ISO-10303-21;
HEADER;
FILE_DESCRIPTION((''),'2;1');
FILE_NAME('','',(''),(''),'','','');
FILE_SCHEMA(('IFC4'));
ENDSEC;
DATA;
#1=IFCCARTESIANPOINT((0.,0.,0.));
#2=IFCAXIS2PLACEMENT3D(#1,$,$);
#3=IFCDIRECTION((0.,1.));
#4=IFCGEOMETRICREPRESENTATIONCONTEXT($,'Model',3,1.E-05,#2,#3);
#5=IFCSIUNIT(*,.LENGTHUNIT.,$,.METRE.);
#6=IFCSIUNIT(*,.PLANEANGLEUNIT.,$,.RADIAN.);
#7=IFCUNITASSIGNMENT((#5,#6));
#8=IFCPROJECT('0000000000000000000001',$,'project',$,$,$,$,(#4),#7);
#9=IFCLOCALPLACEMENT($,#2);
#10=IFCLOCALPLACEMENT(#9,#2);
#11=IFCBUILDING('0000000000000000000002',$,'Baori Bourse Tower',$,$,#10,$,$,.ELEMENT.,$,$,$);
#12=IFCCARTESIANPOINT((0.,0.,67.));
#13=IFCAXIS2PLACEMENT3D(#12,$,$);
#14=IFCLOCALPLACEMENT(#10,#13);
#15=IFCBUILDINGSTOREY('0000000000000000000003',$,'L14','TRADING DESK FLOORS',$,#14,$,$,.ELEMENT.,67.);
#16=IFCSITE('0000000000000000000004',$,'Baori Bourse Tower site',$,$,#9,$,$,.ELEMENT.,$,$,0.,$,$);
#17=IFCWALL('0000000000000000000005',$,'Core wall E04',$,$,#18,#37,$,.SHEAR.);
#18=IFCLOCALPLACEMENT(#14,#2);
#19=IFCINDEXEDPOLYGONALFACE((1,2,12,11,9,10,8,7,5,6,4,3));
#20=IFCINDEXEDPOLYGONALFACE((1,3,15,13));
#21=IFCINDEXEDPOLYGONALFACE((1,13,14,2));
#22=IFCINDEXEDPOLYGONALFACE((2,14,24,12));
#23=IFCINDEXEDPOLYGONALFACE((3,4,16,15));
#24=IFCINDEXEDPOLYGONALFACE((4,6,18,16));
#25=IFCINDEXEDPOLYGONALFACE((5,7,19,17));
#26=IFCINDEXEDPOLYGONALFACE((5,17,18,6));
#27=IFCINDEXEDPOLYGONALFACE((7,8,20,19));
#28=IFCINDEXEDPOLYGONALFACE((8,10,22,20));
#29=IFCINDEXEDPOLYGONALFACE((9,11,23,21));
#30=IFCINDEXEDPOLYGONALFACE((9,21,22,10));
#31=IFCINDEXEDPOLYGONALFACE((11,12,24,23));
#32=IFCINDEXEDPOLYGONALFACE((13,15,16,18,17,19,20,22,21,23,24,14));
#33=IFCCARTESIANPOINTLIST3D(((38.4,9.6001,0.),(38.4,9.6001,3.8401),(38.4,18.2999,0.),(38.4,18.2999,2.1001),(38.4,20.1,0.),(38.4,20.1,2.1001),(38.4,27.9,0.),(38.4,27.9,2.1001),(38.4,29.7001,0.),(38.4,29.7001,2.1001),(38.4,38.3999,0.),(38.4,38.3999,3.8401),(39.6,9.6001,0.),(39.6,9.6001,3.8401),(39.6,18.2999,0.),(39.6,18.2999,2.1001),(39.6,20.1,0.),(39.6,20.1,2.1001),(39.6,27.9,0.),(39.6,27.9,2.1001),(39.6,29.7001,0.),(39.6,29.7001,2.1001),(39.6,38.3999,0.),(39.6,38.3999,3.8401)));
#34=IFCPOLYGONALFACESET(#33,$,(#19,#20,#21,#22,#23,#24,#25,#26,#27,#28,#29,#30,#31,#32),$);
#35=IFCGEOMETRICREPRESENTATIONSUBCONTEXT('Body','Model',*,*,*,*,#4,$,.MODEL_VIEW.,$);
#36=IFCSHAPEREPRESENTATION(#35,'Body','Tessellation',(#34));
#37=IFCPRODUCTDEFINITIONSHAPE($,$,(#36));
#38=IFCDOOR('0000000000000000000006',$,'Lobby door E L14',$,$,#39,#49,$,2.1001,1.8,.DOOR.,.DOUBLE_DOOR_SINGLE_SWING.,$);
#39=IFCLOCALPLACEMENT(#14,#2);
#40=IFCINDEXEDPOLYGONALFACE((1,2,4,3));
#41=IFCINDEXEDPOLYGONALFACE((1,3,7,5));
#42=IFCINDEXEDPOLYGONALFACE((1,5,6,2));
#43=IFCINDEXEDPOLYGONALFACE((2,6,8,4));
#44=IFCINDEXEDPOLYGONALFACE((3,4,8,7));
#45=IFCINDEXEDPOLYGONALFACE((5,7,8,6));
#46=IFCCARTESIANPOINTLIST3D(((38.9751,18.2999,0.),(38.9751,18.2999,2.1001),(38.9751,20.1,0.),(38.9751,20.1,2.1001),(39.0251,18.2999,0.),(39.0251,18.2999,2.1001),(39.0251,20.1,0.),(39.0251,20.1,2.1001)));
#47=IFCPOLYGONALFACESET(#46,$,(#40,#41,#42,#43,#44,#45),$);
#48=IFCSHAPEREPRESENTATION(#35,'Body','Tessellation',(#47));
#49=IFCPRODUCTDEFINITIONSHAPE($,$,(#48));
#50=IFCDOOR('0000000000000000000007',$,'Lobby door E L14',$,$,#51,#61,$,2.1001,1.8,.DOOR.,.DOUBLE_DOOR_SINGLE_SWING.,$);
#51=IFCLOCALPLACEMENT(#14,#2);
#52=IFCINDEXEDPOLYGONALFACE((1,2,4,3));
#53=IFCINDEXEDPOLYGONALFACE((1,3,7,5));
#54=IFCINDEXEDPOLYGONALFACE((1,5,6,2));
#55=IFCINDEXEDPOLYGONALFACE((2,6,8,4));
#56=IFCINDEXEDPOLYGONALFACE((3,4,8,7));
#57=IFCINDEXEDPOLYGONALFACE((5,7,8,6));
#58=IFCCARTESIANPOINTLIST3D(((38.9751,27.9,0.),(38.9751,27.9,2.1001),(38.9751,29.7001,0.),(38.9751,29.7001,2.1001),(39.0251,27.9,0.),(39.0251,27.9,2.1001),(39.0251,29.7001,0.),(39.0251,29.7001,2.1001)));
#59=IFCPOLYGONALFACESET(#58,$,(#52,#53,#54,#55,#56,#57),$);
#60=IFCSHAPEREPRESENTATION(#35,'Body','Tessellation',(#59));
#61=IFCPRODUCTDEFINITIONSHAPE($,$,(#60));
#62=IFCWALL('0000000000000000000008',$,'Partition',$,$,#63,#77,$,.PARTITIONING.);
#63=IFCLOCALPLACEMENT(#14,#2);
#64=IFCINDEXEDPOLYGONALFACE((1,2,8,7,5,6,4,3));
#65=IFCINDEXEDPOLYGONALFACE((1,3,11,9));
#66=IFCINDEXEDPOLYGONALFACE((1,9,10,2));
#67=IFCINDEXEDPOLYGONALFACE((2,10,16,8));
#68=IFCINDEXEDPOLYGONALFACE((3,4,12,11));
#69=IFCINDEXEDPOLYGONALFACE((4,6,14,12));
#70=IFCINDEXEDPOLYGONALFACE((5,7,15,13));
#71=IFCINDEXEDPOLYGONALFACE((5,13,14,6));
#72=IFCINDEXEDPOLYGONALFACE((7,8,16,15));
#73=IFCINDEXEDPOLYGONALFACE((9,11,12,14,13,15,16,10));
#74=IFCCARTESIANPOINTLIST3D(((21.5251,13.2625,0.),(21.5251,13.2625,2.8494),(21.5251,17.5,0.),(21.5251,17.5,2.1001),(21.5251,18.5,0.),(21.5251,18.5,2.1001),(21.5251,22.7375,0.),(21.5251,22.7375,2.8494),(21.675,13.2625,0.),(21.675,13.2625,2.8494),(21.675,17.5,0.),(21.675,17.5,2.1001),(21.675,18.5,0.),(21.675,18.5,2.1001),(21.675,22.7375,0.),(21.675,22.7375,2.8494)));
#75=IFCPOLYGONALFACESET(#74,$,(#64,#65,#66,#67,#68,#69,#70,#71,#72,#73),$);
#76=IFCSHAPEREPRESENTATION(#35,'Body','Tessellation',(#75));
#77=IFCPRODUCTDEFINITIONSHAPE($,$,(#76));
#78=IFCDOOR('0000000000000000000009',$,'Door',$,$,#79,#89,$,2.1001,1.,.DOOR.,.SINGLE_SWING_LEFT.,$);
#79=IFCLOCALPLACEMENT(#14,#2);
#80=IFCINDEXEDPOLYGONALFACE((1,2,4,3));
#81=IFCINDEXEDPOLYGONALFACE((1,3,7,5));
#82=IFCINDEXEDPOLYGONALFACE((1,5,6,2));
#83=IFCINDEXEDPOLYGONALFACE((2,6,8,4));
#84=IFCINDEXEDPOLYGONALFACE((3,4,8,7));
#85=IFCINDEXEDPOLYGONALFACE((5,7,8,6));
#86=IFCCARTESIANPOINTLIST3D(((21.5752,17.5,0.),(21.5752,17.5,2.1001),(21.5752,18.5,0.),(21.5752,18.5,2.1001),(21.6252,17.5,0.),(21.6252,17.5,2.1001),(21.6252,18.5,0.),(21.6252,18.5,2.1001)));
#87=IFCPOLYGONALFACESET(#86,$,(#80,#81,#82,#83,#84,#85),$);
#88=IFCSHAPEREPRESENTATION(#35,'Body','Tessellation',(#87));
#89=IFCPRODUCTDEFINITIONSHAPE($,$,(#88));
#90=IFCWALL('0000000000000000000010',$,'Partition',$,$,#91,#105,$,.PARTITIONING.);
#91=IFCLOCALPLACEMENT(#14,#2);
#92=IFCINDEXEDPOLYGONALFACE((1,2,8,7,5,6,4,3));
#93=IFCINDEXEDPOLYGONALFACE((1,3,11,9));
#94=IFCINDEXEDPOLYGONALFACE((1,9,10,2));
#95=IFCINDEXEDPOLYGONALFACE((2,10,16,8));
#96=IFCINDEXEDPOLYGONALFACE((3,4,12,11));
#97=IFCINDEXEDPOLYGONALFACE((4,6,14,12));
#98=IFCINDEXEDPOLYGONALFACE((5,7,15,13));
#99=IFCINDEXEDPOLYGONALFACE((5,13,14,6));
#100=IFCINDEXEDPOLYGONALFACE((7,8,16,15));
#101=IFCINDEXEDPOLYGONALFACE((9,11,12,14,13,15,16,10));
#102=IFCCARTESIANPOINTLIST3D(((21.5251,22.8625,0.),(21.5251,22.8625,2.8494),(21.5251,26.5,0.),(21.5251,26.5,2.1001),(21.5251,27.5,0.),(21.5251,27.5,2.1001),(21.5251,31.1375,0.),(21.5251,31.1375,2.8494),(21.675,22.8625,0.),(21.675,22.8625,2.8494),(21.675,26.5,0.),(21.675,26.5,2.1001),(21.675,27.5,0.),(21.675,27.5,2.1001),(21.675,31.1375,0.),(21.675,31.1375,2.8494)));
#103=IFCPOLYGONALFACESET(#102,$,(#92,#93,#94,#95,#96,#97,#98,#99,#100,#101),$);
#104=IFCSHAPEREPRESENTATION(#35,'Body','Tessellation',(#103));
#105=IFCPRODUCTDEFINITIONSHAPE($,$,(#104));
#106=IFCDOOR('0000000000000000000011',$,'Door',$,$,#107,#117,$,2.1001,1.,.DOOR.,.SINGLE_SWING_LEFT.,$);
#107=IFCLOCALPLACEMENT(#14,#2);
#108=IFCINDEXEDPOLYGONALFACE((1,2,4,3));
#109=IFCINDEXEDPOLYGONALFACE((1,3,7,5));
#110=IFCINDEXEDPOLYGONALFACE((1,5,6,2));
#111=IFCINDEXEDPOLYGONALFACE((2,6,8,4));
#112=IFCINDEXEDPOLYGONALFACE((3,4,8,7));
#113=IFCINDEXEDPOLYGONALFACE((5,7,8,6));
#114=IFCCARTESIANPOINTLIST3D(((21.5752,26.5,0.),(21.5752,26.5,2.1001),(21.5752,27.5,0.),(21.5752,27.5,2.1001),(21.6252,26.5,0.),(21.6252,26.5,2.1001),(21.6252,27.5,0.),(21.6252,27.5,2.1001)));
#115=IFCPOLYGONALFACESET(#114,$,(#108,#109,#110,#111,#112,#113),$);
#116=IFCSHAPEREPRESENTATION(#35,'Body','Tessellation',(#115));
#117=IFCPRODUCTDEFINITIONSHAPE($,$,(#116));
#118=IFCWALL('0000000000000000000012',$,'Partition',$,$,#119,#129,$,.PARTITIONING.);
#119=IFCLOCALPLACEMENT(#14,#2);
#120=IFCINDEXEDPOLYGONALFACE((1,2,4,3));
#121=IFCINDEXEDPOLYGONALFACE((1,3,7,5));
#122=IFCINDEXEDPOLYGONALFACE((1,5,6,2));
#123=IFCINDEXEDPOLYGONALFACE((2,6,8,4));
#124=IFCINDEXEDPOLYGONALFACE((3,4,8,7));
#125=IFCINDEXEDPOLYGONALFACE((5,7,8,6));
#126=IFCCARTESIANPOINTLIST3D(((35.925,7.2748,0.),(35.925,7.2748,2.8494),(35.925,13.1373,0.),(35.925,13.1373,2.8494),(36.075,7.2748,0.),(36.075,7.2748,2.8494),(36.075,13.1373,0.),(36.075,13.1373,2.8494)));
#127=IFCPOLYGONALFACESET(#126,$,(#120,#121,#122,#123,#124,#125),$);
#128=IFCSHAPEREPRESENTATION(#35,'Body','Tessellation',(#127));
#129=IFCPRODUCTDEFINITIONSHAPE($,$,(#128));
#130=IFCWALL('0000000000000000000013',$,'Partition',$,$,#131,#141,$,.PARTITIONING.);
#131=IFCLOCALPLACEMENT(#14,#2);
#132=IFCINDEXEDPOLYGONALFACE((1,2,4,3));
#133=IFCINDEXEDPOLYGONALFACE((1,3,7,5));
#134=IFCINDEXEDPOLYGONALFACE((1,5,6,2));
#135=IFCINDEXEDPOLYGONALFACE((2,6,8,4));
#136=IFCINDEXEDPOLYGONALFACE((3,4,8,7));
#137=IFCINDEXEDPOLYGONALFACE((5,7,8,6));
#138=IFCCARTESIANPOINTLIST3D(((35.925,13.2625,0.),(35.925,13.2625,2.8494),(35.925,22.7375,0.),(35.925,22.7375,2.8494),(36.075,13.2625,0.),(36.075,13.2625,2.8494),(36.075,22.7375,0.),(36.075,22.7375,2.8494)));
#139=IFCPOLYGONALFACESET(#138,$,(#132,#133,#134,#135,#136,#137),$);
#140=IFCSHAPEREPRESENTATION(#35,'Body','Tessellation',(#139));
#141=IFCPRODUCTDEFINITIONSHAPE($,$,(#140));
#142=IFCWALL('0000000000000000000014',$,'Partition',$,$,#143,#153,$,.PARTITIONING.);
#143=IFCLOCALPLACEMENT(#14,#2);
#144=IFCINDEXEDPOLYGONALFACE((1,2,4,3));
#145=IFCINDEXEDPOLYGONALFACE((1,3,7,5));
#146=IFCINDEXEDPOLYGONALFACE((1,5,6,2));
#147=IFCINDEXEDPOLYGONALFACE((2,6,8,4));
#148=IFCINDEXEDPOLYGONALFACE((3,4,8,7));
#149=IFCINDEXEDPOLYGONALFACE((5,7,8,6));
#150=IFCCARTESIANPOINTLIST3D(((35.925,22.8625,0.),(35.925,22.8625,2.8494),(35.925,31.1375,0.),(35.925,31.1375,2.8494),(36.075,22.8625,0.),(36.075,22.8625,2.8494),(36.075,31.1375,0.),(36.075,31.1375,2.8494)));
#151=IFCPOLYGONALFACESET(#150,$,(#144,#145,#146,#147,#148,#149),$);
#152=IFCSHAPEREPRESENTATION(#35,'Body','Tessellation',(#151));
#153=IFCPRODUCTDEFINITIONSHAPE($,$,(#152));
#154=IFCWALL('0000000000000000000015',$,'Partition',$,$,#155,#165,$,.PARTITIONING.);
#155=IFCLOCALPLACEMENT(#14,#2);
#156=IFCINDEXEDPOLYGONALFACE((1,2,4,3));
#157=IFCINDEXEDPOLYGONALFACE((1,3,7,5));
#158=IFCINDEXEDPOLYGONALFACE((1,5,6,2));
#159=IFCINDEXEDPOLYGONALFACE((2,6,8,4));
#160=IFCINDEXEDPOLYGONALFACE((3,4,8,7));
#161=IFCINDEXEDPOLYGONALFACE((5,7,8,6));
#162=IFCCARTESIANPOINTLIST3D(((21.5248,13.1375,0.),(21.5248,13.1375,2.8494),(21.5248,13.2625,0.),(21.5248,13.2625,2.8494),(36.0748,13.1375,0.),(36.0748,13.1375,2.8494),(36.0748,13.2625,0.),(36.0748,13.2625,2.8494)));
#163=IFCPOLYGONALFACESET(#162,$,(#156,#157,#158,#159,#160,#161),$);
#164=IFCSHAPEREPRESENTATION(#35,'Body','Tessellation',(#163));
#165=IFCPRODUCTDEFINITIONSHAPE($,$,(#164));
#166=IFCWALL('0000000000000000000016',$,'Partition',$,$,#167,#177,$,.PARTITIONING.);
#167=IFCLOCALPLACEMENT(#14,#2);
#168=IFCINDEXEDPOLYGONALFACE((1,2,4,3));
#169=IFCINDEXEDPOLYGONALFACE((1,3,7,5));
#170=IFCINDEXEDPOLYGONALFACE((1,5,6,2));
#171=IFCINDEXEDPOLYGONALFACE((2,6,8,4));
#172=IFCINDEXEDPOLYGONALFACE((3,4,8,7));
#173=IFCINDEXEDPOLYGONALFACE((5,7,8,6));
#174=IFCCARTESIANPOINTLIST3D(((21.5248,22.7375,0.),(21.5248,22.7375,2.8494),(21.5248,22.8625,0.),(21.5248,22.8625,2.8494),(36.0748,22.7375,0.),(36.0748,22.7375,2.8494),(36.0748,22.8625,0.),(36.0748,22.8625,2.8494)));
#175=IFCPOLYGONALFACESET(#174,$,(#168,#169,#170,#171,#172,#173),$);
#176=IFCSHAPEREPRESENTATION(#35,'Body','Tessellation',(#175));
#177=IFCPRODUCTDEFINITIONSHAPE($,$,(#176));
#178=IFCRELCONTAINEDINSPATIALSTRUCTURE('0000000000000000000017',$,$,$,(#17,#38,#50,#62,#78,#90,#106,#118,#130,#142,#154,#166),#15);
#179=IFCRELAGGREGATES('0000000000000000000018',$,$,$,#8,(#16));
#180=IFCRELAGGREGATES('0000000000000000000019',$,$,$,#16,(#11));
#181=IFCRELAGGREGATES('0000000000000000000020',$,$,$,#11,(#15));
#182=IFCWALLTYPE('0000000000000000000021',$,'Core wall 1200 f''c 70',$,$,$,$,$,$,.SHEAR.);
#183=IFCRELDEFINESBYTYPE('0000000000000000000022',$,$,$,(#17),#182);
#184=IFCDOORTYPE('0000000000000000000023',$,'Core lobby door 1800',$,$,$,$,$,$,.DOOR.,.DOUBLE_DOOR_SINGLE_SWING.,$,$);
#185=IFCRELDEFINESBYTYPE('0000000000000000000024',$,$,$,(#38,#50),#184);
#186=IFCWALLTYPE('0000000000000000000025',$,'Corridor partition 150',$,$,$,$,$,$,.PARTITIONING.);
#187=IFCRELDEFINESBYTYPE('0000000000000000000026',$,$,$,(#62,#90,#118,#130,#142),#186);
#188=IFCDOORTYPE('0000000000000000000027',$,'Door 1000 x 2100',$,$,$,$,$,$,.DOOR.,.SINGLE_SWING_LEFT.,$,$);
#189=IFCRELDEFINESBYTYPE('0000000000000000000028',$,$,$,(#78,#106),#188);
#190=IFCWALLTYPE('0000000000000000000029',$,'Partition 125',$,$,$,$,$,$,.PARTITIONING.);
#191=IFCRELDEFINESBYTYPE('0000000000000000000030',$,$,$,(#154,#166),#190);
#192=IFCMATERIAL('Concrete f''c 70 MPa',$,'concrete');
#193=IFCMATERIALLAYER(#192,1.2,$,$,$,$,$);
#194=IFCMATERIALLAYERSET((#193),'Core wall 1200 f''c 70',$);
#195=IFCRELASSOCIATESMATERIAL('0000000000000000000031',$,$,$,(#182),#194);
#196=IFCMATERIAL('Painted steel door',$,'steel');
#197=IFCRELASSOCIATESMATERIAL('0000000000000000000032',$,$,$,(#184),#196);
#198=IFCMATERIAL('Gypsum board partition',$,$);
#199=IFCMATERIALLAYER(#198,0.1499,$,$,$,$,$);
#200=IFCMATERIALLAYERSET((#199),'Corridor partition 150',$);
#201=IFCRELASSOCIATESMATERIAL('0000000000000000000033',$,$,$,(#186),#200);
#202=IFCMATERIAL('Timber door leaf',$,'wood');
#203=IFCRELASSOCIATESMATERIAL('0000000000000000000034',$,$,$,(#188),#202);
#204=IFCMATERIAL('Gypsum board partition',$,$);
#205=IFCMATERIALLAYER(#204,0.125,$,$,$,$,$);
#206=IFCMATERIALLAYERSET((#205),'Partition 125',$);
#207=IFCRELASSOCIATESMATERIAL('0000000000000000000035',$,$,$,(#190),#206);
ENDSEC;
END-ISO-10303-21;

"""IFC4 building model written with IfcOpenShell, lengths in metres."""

from ifc_helpers import new_model, si_unit, direction, frame, frame_2d, origin, place, context, subcontext, project, spatial, rectangle, extrude, material, layer, layer_set, type_object, element, fill, save


model = new_model("IFC4")

# Units and contexts
model_context = context("Model", 3, precision=1e-05, world=origin(), true_north=direction((0.0, 1.0)))
body_context = subcontext(model_context, "Body", "Model", "MODEL_VIEW")
ifc_project = project(units=[si_unit("LENGTHUNIT", "METRE"), si_unit("PLANEANGLEUNIT", "RADIAN")], contexts=[model_context])

# Site, building, storey
site_placement = place(None, origin())
site = spatial("IfcSite", under=ifc_project, at=site_placement, Name="Baori Bourse Tower site", CompositionType="ELEMENT", RefElevation=0.0)
building_placement = place(site_placement, origin())
building = spatial("IfcBuilding", under=site, at=building_placement, Name="Baori Bourse Tower", CompositionType="ELEMENT")
storey_placement = place(building_placement, frame((0.0, 0.0, 67.0)))
storey = spatial("IfcBuildingStorey", under=building, at=storey_placement, Name="L14", Description="TRADING DESK FLOORS", CompositionType="ELEMENT", Elevation=67.0)

# Wall, openings, doors
ifc_material_1 = material(Name="Concrete f'c 70 MPa", Category="concrete")
ifc_layer_1 = layer(ifc_material_1, 1.2)
ifc_layer_set_1 = layer_set([ifc_layer_1], Name="Core wall 1200 f'c 70")
wall_type_1 = type_object("IfcWallType", Name="Core wall 1200 f'c 70", PredefinedType="SHEAR", material=ifc_layer_set_1)
wall_1_placement = place(storey_placement, frame((39.0, 9.6001, 0.0), z_axis=(0.0, 0.0, 1.0), x_axis=(0.0, 1.0, 0.0)))
wall_1 = element("IfcWall", 1, at=wall_1_placement, inside=storey, type_object=wall_type_1, Name="Core wall E04", PredefinedType="SHEAR", context=body_context, shape_type="SweptSolid", body=[
    extrude(rectangle(XDim=28.7998, YDim=1.2, at=frame_2d((14.3999, 0.0))), origin(), (0.0, 0.0, 1.0), 3.8401),
])
opening_1_placement = place(wall_1_placement, frame((8.7, 0.0, 0.0)))
opening_1 = element("IfcOpeningElement", 2, at=opening_1_placement, cuts=wall_1, PredefinedType="OPENING", context=body_context, shape_type="SweptSolid", body=[
    extrude(rectangle(XDim=1.8, YDim=2.1001, at=frame_2d((0.8999, 1.05))), frame((0.0, 0.6099, 0.0), z_axis=(0.0, -1.0, 0.0), x_axis=(1.0, 0.0, 0.0)), (0.0, 0.0, 1.0), 1.22),
])
opening_2_placement = place(wall_1_placement, frame((18.3, 0.0, 0.0)))
opening_2 = element("IfcOpeningElement", 3, at=opening_2_placement, cuts=wall_1, PredefinedType="OPENING", context=body_context, shape_type="SweptSolid", body=[
    extrude(rectangle(XDim=1.8, YDim=2.1001, at=frame_2d((0.8999, 1.05))), frame((0.0, 0.6099, 0.0), z_axis=(0.0, -1.0, 0.0), x_axis=(1.0, 0.0, 0.0)), (0.0, 0.0, 1.0), 1.22),
])
ifc_material_2 = material(Name="Painted steel door", Category="steel")
door_type_1 = type_object("IfcDoorType", Name="Core lobby door 1800", OperationType="DOUBLE_DOOR_SINGLE_SWING", PredefinedType="DOOR", material=ifc_material_2)
door_1_placement = place(opening_1_placement, origin())
door_1 = element("IfcDoor", 4, at=door_1_placement, inside=storey, type_object=door_type_1, Name="Lobby door E L14", OperationType="DOUBLE_DOOR_SINGLE_SWING", OverallHeight=2.1001, OverallWidth=1.8, PredefinedType="DOOR", context=body_context, shape_type="SweptSolid", body=[
    extrude(rectangle(XDim=1.8, YDim=2.1001, at=frame_2d((0.8999, 1.05))), frame((0.0, 0.0249, 0.0), z_axis=(0.0, -1.0, 0.0), x_axis=(1.0, 0.0, 0.0)), (0.0, 0.0, 1.0), 0.05),
])
fill(opening_1, door_1)
door_2_placement = place(opening_2_placement, origin())
door_2 = element("IfcDoor", 5, at=door_2_placement, inside=storey, type_object=door_type_1, Name="Lobby door E L14", OperationType="DOUBLE_DOOR_SINGLE_SWING", OverallHeight=2.1001, OverallWidth=1.8, PredefinedType="DOOR", context=body_context, shape_type="SweptSolid", body=[
    extrude(rectangle(XDim=1.8, YDim=2.1001, at=frame_2d((0.8999, 1.05))), frame((0.0, 0.0249, 0.0), z_axis=(0.0, -1.0, 0.0), x_axis=(1.0, 0.0, 0.0)), (0.0, 0.0, 1.0), 0.05),
])
fill(opening_2, door_2)

# Walls, openings, doors
ifc_material_3 = material(Name="Gypsum board partition")
ifc_layer_2 = layer(ifc_material_3, 0.1499)
ifc_layer_set_2 = layer_set([ifc_layer_2], Name="Corridor partition 150")
wall_type_2 = type_object("IfcWallType", Name="Corridor partition 150", PredefinedType="PARTITIONING", material=ifc_layer_set_2)
wall_2_placement = place(storey_placement, frame((21.6001, 13.2625, 0.0), z_axis=(0.0, 0.0, 1.0), x_axis=(0.0, 1.0, 0.0)))
wall_2 = element("IfcWall", 6, at=wall_2_placement, inside=storey, type_object=wall_type_2, Name="Partition", PredefinedType="PARTITIONING", context=body_context, shape_type="SweptSolid", body=[
    extrude(rectangle(XDim=9.4751, YDim=0.1499, at=frame_2d((4.7375, 0.0))), origin(), (0.0, 0.0, 1.0), 2.8494),
])
opening_3_placement = place(wall_2_placement, frame((4.2375, 0.0, 0.0)))
opening_3 = element("IfcOpeningElement", 7, at=opening_3_placement, cuts=wall_2, PredefinedType="OPENING", context=body_context, shape_type="SweptSolid", body=[
    extrude(rectangle(XDim=1.0, YDim=2.1001, at=frame_2d((0.5, 1.05))), frame((0.0, 0.085, 0.0), z_axis=(0.0, -1.0, 0.0), x_axis=(1.0, 0.0, 0.0)), (0.0, 0.0, 1.0), 0.1699),
])
ifc_material_4 = material(Name="Timber door leaf", Category="wood")
door_type_2 = type_object("IfcDoorType", Name="Door 1000 x 2100", OperationType="SINGLE_SWING_LEFT", PredefinedType="DOOR", material=ifc_material_4)
door_3_placement = place(opening_3_placement, origin())
door_3 = element("IfcDoor", 8, at=door_3_placement, inside=storey, type_object=door_type_2, Name="Door", OperationType="SINGLE_SWING_LEFT", OverallHeight=2.1001, OverallWidth=1.0, PredefinedType="DOOR", context=body_context, shape_type="SweptSolid", body=[
    extrude(rectangle(XDim=1.0, YDim=2.1001, at=frame_2d((0.5, 1.05))), frame((0.0, 0.0249, 0.0), z_axis=(0.0, -1.0, 0.0), x_axis=(1.0, 0.0, 0.0)), (0.0, 0.0, 1.0), 0.05),
])
fill(opening_3, door_3)
wall_3_placement = place(storey_placement, frame((21.6001, 22.8625, 0.0), z_axis=(0.0, 0.0, 1.0), x_axis=(0.0, 1.0, 0.0)))
wall_3 = element("IfcWall", 9, at=wall_3_placement, inside=storey, type_object=wall_type_2, Name="Partition", PredefinedType="PARTITIONING", context=body_context, shape_type="SweptSolid", body=[
    extrude(rectangle(XDim=8.2749, YDim=0.1499, at=frame_2d((4.1375, 0.0))), origin(), (0.0, 0.0, 1.0), 2.8494),
])
opening_4_placement = place(wall_3_placement, frame((3.6375, 0.0, 0.0)))
opening_4 = element("IfcOpeningElement", 10, at=opening_4_placement, cuts=wall_3, PredefinedType="OPENING", context=body_context, shape_type="SweptSolid", body=[
    extrude(rectangle(XDim=1.0, YDim=2.1001, at=frame_2d((0.5, 1.05))), frame((0.0, 0.085, 0.0), z_axis=(0.0, -1.0, 0.0), x_axis=(1.0, 0.0, 0.0)), (0.0, 0.0, 1.0), 0.1699),
])
door_4_placement = place(opening_4_placement, origin())
door_4 = element("IfcDoor", 11, at=door_4_placement, inside=storey, type_object=door_type_2, Name="Door", OperationType="SINGLE_SWING_LEFT", OverallHeight=2.1001, OverallWidth=1.0, PredefinedType="DOOR", context=body_context, shape_type="SweptSolid", body=[
    extrude(rectangle(XDim=1.0, YDim=2.1001, at=frame_2d((0.5, 1.05))), frame((0.0, 0.0249, 0.0), z_axis=(0.0, -1.0, 0.0), x_axis=(1.0, 0.0, 0.0)), (0.0, 0.0, 1.0), 0.05),
])
fill(opening_4, door_4)

# Walls
wall_4_placement = place(storey_placement, frame((36.0, 7.2749, 0.0), z_axis=(0.0, 0.0, 1.0), x_axis=(0.0, 1.0, 0.0)))
element("IfcWall", 12, at=wall_4_placement, inside=storey, type_object=wall_type_2, Name="Partition", PredefinedType="PARTITIONING", context=body_context, shape_type="SweptSolid", body=[
    extrude(rectangle(XDim=5.8625, YDim=0.1499, at=frame_2d((2.9312, 0.0))), origin(), (0.0, 0.0, 1.0), 2.8494),
])
wall_5_placement = place(storey_placement, frame((36.0, 13.2625, 0.0), z_axis=(0.0, 0.0, 1.0), x_axis=(0.0, 1.0, 0.0)))
element("IfcWall", 13, at=wall_5_placement, inside=storey, type_object=wall_type_2, Name="Partition", PredefinedType="PARTITIONING", context=body_context, shape_type="SweptSolid", body=[
    extrude(rectangle(XDim=9.4751, YDim=0.1499, at=frame_2d((4.7375, 0.0))), origin(), (0.0, 0.0, 1.0), 2.8494),
])
wall_6_placement = place(storey_placement, frame((36.0, 22.8625, 0.0), z_axis=(0.0, 0.0, 1.0), x_axis=(0.0, 1.0, 0.0)))
element("IfcWall", 14, at=wall_6_placement, inside=storey, type_object=wall_type_2, Name="Partition", PredefinedType="PARTITIONING", context=body_context, shape_type="SweptSolid", body=[
    extrude(rectangle(XDim=8.2749, YDim=0.1499, at=frame_2d((4.1375, 0.0))), origin(), (0.0, 0.0, 1.0), 2.8494),
])
ifc_material_5 = material(Name="Gypsum board partition")
ifc_layer_3 = layer(ifc_material_5, 0.125)
ifc_layer_set_3 = layer_set([ifc_layer_3], Name="Partition 125")
wall_type_3 = type_object("IfcWallType", Name="Partition 125", PredefinedType="PARTITIONING", material=ifc_layer_set_3)
for number, where, z_axis, x_axis, name in (
    (15, (21.5249, 13.2, 0.0), (0.0, 0.0, 1.0), (1.0, 0.0, 0.0), "Partition"),
    (16, (21.5249, 22.8, 0.0), (0.0, 0.0, 1.0), (1.0, 0.0, 0.0), "Partition"),
):
    element("IfcWall", number, at=place(storey_placement, frame(where, z_axis=z_axis, x_axis=x_axis)), inside=storey, type_object=wall_type_3, Name=name, PredefinedType="PARTITIONING", context=body_context, shape_type="SweptSolid", body=[
        extrude(rectangle(XDim=14.55, YDim=0.125, at=frame_2d((7.2749, 0.0))), origin(), (0.0, 0.0, 1.0), 2.8494),
    ])

save(model, "model.ifc")
